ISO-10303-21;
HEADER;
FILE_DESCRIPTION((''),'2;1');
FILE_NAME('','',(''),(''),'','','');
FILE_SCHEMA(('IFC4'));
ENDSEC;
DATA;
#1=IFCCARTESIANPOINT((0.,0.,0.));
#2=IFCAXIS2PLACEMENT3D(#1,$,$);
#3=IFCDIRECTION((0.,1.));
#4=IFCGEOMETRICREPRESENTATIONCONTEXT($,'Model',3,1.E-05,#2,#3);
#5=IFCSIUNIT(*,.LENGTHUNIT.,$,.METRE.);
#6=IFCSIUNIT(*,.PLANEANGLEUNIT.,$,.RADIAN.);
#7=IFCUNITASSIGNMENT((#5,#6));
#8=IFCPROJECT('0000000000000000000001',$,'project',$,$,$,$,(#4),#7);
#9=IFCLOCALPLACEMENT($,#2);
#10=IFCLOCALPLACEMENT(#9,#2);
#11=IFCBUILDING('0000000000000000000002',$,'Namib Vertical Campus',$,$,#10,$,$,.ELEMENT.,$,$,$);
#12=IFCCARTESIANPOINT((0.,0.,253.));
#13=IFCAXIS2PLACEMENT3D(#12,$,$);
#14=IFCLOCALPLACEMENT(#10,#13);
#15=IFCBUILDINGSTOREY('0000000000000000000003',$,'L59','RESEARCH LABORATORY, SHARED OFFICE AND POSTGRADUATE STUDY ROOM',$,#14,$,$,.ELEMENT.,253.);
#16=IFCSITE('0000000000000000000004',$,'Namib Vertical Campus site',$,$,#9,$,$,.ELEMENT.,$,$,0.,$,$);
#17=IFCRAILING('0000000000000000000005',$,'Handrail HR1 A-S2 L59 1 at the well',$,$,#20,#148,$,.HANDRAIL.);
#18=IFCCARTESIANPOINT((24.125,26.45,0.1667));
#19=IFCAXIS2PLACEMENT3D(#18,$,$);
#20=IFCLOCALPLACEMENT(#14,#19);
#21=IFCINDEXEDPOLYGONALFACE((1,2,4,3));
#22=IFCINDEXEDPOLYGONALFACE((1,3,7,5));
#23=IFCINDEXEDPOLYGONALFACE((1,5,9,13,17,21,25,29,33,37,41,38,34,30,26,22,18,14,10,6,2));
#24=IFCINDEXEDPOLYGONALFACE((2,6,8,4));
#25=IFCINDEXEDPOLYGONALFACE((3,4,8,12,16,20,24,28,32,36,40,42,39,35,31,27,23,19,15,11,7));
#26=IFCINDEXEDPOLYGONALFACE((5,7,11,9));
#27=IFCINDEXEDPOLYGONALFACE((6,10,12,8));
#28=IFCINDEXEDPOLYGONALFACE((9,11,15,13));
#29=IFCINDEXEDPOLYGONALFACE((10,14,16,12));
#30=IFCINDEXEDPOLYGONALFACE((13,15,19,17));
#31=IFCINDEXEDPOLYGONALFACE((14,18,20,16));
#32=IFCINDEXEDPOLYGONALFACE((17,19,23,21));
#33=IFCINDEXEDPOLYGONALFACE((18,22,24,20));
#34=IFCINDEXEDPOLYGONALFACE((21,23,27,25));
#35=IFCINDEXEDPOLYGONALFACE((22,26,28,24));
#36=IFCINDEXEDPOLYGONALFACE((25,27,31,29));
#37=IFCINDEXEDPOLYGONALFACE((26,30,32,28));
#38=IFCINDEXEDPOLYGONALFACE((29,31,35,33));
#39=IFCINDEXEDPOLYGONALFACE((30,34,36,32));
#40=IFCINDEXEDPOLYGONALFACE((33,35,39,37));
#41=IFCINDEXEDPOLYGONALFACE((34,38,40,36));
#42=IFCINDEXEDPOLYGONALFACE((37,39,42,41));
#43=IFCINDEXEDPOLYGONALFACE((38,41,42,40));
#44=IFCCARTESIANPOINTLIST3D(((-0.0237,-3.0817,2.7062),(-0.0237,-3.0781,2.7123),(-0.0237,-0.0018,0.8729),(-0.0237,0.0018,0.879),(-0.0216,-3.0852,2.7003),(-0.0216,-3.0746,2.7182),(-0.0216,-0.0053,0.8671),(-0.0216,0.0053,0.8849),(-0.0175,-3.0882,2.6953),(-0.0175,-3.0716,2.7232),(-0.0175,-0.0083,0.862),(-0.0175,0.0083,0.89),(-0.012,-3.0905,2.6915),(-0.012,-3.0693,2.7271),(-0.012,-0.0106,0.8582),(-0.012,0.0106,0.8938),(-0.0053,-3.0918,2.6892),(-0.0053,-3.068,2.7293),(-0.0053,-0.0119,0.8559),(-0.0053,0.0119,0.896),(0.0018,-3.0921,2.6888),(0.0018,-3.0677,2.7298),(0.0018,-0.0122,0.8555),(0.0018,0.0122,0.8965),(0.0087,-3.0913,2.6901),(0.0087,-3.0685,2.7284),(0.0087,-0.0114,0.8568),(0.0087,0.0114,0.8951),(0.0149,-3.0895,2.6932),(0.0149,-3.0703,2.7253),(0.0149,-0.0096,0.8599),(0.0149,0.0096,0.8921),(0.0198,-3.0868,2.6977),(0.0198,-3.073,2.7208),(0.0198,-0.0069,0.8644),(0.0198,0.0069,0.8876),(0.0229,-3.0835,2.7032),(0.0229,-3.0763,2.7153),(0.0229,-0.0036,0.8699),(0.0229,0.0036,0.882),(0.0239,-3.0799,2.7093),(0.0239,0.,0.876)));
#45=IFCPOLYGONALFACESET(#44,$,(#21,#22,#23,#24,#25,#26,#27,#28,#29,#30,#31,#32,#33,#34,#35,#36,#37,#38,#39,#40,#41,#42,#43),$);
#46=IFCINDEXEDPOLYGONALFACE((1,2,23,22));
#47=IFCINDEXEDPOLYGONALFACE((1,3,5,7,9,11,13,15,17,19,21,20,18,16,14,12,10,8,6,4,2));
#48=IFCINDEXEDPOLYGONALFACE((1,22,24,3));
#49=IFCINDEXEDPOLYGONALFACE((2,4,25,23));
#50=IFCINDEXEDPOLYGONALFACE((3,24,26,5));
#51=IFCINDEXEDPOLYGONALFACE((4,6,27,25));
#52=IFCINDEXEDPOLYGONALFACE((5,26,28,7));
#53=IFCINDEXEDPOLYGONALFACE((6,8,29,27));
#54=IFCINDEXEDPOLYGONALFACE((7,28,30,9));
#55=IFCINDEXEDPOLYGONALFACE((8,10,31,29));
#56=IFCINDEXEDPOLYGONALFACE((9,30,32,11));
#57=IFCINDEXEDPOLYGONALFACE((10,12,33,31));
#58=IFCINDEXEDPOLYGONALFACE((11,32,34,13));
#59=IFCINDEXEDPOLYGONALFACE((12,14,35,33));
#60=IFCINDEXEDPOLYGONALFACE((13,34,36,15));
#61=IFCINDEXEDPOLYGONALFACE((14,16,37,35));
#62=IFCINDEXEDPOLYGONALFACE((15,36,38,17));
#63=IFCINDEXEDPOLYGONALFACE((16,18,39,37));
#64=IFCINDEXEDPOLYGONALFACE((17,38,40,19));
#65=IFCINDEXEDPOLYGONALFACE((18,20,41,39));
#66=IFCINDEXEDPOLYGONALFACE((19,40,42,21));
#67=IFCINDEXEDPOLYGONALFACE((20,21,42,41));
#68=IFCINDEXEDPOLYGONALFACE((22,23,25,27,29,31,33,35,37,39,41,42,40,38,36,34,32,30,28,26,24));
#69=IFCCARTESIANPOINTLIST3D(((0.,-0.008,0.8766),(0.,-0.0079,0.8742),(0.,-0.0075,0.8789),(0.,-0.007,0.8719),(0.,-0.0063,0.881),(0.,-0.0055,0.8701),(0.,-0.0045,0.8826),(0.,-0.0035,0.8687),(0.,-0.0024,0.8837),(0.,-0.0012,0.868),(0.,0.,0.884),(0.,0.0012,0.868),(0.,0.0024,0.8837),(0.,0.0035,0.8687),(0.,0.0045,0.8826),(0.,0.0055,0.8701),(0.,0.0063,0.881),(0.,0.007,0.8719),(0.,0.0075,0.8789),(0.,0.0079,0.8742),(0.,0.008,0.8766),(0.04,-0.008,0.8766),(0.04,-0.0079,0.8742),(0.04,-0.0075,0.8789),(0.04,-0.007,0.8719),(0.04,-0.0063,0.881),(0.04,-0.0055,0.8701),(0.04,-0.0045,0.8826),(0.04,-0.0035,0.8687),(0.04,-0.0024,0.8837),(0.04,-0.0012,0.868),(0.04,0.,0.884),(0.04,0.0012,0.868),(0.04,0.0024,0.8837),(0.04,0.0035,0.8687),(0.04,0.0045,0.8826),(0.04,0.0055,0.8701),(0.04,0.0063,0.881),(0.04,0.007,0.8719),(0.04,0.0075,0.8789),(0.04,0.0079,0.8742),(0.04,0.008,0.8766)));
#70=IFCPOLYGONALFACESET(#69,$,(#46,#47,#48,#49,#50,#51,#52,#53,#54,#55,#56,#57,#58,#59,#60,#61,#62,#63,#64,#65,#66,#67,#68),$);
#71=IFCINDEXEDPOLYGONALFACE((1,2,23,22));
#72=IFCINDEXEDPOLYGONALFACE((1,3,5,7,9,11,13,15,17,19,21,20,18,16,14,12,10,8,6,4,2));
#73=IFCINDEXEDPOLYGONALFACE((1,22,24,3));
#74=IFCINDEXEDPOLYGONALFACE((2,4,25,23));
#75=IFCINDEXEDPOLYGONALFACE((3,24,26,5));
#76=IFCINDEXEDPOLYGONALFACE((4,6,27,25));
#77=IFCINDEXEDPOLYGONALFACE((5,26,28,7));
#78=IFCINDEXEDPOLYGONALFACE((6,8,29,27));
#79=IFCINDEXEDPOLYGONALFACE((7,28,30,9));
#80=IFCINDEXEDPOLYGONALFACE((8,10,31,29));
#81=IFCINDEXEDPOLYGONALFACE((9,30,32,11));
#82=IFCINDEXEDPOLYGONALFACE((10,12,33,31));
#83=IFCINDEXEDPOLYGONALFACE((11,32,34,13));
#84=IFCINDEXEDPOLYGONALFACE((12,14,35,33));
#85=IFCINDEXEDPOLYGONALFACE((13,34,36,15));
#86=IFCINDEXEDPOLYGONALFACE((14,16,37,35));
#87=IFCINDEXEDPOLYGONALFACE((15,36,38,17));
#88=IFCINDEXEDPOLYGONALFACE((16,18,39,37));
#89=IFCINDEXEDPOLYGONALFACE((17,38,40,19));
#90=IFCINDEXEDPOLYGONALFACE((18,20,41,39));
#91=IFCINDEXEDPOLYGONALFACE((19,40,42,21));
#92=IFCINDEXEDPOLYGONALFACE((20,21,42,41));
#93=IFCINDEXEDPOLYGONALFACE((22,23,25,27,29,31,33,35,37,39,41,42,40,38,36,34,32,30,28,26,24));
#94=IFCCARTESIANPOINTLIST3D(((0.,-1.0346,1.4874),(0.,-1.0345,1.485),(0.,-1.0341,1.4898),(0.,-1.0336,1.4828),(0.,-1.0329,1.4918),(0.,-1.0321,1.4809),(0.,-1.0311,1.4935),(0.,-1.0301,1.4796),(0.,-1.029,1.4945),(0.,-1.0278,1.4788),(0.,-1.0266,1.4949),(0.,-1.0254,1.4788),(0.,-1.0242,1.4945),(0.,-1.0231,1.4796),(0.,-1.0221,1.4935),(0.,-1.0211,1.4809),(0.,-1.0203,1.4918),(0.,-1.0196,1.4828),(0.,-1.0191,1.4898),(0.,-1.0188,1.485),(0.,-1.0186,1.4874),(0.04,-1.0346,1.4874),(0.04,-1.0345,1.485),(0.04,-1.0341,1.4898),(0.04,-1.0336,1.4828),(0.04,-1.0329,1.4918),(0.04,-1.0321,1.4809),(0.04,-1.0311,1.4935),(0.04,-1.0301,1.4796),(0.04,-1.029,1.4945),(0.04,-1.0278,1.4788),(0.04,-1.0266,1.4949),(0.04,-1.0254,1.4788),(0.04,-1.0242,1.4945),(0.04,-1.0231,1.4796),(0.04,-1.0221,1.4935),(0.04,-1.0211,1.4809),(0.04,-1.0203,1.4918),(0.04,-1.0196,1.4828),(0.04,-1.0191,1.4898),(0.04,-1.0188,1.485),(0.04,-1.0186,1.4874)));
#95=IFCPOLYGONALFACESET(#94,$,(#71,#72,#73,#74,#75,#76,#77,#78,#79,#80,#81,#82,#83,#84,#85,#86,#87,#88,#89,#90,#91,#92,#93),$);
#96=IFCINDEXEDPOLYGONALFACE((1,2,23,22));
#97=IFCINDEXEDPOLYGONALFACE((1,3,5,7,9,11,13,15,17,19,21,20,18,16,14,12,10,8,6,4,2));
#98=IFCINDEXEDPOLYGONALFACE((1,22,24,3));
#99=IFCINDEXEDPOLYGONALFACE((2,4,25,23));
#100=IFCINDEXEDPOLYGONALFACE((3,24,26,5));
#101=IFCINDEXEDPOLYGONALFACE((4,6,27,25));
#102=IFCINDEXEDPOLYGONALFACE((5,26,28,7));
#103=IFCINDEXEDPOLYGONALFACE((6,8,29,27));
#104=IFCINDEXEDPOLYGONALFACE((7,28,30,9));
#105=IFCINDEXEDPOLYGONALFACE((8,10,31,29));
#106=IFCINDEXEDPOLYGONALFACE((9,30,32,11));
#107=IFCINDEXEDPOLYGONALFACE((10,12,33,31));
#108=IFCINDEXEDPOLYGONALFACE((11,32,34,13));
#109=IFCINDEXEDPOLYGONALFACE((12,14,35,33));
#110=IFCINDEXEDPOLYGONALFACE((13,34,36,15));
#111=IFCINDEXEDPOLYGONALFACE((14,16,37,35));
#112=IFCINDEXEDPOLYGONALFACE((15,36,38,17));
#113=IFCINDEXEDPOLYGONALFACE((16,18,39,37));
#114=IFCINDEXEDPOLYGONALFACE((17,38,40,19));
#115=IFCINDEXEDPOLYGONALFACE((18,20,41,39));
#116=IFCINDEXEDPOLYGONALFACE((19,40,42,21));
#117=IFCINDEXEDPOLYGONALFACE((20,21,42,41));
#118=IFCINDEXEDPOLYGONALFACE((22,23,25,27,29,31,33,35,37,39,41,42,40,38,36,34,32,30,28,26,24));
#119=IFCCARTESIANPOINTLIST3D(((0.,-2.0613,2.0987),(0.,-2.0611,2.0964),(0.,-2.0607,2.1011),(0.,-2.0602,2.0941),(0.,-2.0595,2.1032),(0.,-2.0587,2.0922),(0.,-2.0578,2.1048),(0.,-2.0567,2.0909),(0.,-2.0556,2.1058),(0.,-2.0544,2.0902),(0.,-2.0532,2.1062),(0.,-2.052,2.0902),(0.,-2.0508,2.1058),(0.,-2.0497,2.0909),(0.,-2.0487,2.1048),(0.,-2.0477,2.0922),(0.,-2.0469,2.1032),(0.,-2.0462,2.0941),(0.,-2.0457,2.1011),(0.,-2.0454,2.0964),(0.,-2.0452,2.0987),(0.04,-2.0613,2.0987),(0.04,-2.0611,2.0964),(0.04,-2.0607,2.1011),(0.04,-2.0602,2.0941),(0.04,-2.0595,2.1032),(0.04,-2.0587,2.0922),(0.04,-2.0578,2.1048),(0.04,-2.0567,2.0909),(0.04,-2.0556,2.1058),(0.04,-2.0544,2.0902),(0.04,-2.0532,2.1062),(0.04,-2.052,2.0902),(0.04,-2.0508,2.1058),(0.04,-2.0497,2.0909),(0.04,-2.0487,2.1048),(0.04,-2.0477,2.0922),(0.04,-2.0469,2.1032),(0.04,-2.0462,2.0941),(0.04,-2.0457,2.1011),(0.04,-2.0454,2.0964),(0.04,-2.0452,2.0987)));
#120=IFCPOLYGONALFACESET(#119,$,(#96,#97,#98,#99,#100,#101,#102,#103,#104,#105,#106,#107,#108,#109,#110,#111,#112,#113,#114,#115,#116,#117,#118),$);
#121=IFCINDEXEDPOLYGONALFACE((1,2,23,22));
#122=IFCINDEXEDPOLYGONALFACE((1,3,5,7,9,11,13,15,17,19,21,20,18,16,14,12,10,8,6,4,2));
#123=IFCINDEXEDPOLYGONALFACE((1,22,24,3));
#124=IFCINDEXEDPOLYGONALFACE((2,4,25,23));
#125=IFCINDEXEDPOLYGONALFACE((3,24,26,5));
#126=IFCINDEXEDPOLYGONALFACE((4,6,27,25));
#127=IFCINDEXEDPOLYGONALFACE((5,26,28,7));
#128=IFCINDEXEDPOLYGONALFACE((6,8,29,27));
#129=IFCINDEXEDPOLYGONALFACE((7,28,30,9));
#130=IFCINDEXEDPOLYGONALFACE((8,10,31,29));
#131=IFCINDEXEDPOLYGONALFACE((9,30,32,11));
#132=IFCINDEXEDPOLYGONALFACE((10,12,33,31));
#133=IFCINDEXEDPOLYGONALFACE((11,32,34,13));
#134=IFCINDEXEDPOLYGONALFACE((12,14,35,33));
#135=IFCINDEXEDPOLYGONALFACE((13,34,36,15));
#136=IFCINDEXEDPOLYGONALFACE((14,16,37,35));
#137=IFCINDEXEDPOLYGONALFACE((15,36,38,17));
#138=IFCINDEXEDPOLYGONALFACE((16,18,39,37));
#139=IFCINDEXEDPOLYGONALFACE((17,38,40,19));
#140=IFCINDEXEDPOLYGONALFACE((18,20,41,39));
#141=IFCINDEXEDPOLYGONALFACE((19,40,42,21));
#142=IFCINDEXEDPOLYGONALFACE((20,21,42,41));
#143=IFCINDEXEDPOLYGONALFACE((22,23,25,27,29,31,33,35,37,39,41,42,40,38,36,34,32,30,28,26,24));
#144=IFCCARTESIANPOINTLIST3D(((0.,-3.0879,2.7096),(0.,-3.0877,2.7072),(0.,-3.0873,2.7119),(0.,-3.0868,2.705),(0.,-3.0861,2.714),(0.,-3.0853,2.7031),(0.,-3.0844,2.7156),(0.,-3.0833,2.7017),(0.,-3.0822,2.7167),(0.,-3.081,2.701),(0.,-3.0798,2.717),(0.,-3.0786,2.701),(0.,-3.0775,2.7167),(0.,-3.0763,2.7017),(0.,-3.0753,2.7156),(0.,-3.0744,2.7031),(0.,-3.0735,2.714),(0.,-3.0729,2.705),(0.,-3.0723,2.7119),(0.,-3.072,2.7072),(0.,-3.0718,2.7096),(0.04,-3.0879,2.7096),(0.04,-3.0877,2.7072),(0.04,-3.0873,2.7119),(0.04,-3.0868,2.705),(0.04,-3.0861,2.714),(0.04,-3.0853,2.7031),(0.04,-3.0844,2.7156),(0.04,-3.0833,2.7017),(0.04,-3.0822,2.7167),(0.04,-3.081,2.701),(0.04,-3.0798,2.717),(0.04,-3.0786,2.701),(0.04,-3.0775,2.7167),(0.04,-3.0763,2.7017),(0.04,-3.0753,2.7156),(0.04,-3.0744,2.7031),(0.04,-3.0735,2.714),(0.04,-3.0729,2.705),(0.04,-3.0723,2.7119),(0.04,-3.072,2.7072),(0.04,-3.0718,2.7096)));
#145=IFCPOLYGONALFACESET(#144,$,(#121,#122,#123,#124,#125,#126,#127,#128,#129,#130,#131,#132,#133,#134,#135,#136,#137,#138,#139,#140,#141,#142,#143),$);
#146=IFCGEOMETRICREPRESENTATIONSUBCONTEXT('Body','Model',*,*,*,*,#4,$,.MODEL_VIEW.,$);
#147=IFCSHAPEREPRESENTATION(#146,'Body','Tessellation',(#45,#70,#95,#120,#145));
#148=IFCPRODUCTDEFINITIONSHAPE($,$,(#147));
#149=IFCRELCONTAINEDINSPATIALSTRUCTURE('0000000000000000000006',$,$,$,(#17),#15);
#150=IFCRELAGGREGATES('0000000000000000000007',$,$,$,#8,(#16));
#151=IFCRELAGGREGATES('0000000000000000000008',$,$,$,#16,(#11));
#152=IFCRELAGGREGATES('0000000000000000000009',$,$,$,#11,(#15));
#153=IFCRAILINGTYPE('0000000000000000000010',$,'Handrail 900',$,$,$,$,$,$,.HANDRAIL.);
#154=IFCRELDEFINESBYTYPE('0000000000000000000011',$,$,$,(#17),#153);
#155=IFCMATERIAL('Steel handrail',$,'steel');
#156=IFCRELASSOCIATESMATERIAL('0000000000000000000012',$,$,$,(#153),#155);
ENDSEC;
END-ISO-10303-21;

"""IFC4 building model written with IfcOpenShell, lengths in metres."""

from ifc_helpers import new_model, si_unit, direction, frame, origin, origin_2d, place, context, subcontext, project, spatial, circle, extrude, material, type_object, element, save


model = new_model("IFC4")

# Units and contexts
model_context = context("Model", 3, precision=1e-05, world=origin(), true_north=direction((0.0, 1.0)))
body_context = subcontext(model_context, "Body", "Model", "MODEL_VIEW")
ifc_project = project(units=[si_unit("LENGTHUNIT", "METRE"), si_unit("PLANEANGLEUNIT", "RADIAN")], contexts=[model_context])

# Site, building, storey
site_placement = place(None, origin())
site = spatial("IfcSite", under=ifc_project, at=site_placement, Name="Namib Vertical Campus site", CompositionType="ELEMENT", RefElevation=0.0)
building_placement = place(site_placement, origin())
building = spatial("IfcBuilding", under=site, at=building_placement, Name="Namib Vertical Campus", CompositionType="ELEMENT")
storey_placement = place(building_placement, frame((0.0, 0.0, 253.0)))
storey = spatial("IfcBuildingStorey", under=building, at=storey_placement, Name="L59", Description="RESEARCH LABORATORY, SHARED OFFICE AND POSTGRADUATE STUDY ROOM", CompositionType="ELEMENT", Elevation=253.0)

# Railing
ifc_material_1 = material(Name="Steel handrail", Category="steel")
railing_type_1 = type_object("IfcRailingType", Name="Handrail 900", PredefinedType="HANDRAIL", material=ifc_material_1)
railing_1_placement = place(storey_placement, frame((24.125, 26.45, 0.1667)))
element("IfcRailing", 1, at=railing_1_placement, inside=storey, type_object=railing_type_1, Name="Handrail HR1 A-S2 L59 1 at the well", PredefinedType="HANDRAIL", context=body_context, shape_type="SweptSolid", body=[
    extrude(circle(Radius=0.0239, at=origin_2d()), frame((0.0, 0.0, 0.876), z_axis=(0.0, -0.859291, 0.511487), x_axis=(1.0, 0.0, 0.0)), (0.0, 0.0, 1.0), 3.5842),
    extrude(circle(Radius=0.0081, at=origin_2d()), frame((0.0, 0.0, 0.876), z_axis=(1.0, 0.0, 0.0), x_axis=(0.0, 0.0, 1.0)), (0.0, 0.0, 1.0), 0.04),
    extrude(circle(Radius=0.0081, at=origin_2d()), frame((0.0, -1.0266, 1.4868), z_axis=(1.0, 0.0, 0.0), x_axis=(0.0, 0.0, 1.0)), (0.0, 0.0, 1.0), 0.04),
    extrude(circle(Radius=0.0081, at=origin_2d()), frame((0.0, -2.0532, 2.0981), z_axis=(1.0, 0.0, 0.0), x_axis=(0.0, 0.0, 1.0)), (0.0, 0.0, 1.0), 0.04),
    extrude(circle(Radius=0.0081, at=origin_2d()), frame((0.0, -3.0798, 2.709), z_axis=(1.0, 0.0, 0.0), x_axis=(0.0, 0.0, 1.0)), (0.0, 0.0, 1.0), 0.04),
])

save(model, "model.ifc")
